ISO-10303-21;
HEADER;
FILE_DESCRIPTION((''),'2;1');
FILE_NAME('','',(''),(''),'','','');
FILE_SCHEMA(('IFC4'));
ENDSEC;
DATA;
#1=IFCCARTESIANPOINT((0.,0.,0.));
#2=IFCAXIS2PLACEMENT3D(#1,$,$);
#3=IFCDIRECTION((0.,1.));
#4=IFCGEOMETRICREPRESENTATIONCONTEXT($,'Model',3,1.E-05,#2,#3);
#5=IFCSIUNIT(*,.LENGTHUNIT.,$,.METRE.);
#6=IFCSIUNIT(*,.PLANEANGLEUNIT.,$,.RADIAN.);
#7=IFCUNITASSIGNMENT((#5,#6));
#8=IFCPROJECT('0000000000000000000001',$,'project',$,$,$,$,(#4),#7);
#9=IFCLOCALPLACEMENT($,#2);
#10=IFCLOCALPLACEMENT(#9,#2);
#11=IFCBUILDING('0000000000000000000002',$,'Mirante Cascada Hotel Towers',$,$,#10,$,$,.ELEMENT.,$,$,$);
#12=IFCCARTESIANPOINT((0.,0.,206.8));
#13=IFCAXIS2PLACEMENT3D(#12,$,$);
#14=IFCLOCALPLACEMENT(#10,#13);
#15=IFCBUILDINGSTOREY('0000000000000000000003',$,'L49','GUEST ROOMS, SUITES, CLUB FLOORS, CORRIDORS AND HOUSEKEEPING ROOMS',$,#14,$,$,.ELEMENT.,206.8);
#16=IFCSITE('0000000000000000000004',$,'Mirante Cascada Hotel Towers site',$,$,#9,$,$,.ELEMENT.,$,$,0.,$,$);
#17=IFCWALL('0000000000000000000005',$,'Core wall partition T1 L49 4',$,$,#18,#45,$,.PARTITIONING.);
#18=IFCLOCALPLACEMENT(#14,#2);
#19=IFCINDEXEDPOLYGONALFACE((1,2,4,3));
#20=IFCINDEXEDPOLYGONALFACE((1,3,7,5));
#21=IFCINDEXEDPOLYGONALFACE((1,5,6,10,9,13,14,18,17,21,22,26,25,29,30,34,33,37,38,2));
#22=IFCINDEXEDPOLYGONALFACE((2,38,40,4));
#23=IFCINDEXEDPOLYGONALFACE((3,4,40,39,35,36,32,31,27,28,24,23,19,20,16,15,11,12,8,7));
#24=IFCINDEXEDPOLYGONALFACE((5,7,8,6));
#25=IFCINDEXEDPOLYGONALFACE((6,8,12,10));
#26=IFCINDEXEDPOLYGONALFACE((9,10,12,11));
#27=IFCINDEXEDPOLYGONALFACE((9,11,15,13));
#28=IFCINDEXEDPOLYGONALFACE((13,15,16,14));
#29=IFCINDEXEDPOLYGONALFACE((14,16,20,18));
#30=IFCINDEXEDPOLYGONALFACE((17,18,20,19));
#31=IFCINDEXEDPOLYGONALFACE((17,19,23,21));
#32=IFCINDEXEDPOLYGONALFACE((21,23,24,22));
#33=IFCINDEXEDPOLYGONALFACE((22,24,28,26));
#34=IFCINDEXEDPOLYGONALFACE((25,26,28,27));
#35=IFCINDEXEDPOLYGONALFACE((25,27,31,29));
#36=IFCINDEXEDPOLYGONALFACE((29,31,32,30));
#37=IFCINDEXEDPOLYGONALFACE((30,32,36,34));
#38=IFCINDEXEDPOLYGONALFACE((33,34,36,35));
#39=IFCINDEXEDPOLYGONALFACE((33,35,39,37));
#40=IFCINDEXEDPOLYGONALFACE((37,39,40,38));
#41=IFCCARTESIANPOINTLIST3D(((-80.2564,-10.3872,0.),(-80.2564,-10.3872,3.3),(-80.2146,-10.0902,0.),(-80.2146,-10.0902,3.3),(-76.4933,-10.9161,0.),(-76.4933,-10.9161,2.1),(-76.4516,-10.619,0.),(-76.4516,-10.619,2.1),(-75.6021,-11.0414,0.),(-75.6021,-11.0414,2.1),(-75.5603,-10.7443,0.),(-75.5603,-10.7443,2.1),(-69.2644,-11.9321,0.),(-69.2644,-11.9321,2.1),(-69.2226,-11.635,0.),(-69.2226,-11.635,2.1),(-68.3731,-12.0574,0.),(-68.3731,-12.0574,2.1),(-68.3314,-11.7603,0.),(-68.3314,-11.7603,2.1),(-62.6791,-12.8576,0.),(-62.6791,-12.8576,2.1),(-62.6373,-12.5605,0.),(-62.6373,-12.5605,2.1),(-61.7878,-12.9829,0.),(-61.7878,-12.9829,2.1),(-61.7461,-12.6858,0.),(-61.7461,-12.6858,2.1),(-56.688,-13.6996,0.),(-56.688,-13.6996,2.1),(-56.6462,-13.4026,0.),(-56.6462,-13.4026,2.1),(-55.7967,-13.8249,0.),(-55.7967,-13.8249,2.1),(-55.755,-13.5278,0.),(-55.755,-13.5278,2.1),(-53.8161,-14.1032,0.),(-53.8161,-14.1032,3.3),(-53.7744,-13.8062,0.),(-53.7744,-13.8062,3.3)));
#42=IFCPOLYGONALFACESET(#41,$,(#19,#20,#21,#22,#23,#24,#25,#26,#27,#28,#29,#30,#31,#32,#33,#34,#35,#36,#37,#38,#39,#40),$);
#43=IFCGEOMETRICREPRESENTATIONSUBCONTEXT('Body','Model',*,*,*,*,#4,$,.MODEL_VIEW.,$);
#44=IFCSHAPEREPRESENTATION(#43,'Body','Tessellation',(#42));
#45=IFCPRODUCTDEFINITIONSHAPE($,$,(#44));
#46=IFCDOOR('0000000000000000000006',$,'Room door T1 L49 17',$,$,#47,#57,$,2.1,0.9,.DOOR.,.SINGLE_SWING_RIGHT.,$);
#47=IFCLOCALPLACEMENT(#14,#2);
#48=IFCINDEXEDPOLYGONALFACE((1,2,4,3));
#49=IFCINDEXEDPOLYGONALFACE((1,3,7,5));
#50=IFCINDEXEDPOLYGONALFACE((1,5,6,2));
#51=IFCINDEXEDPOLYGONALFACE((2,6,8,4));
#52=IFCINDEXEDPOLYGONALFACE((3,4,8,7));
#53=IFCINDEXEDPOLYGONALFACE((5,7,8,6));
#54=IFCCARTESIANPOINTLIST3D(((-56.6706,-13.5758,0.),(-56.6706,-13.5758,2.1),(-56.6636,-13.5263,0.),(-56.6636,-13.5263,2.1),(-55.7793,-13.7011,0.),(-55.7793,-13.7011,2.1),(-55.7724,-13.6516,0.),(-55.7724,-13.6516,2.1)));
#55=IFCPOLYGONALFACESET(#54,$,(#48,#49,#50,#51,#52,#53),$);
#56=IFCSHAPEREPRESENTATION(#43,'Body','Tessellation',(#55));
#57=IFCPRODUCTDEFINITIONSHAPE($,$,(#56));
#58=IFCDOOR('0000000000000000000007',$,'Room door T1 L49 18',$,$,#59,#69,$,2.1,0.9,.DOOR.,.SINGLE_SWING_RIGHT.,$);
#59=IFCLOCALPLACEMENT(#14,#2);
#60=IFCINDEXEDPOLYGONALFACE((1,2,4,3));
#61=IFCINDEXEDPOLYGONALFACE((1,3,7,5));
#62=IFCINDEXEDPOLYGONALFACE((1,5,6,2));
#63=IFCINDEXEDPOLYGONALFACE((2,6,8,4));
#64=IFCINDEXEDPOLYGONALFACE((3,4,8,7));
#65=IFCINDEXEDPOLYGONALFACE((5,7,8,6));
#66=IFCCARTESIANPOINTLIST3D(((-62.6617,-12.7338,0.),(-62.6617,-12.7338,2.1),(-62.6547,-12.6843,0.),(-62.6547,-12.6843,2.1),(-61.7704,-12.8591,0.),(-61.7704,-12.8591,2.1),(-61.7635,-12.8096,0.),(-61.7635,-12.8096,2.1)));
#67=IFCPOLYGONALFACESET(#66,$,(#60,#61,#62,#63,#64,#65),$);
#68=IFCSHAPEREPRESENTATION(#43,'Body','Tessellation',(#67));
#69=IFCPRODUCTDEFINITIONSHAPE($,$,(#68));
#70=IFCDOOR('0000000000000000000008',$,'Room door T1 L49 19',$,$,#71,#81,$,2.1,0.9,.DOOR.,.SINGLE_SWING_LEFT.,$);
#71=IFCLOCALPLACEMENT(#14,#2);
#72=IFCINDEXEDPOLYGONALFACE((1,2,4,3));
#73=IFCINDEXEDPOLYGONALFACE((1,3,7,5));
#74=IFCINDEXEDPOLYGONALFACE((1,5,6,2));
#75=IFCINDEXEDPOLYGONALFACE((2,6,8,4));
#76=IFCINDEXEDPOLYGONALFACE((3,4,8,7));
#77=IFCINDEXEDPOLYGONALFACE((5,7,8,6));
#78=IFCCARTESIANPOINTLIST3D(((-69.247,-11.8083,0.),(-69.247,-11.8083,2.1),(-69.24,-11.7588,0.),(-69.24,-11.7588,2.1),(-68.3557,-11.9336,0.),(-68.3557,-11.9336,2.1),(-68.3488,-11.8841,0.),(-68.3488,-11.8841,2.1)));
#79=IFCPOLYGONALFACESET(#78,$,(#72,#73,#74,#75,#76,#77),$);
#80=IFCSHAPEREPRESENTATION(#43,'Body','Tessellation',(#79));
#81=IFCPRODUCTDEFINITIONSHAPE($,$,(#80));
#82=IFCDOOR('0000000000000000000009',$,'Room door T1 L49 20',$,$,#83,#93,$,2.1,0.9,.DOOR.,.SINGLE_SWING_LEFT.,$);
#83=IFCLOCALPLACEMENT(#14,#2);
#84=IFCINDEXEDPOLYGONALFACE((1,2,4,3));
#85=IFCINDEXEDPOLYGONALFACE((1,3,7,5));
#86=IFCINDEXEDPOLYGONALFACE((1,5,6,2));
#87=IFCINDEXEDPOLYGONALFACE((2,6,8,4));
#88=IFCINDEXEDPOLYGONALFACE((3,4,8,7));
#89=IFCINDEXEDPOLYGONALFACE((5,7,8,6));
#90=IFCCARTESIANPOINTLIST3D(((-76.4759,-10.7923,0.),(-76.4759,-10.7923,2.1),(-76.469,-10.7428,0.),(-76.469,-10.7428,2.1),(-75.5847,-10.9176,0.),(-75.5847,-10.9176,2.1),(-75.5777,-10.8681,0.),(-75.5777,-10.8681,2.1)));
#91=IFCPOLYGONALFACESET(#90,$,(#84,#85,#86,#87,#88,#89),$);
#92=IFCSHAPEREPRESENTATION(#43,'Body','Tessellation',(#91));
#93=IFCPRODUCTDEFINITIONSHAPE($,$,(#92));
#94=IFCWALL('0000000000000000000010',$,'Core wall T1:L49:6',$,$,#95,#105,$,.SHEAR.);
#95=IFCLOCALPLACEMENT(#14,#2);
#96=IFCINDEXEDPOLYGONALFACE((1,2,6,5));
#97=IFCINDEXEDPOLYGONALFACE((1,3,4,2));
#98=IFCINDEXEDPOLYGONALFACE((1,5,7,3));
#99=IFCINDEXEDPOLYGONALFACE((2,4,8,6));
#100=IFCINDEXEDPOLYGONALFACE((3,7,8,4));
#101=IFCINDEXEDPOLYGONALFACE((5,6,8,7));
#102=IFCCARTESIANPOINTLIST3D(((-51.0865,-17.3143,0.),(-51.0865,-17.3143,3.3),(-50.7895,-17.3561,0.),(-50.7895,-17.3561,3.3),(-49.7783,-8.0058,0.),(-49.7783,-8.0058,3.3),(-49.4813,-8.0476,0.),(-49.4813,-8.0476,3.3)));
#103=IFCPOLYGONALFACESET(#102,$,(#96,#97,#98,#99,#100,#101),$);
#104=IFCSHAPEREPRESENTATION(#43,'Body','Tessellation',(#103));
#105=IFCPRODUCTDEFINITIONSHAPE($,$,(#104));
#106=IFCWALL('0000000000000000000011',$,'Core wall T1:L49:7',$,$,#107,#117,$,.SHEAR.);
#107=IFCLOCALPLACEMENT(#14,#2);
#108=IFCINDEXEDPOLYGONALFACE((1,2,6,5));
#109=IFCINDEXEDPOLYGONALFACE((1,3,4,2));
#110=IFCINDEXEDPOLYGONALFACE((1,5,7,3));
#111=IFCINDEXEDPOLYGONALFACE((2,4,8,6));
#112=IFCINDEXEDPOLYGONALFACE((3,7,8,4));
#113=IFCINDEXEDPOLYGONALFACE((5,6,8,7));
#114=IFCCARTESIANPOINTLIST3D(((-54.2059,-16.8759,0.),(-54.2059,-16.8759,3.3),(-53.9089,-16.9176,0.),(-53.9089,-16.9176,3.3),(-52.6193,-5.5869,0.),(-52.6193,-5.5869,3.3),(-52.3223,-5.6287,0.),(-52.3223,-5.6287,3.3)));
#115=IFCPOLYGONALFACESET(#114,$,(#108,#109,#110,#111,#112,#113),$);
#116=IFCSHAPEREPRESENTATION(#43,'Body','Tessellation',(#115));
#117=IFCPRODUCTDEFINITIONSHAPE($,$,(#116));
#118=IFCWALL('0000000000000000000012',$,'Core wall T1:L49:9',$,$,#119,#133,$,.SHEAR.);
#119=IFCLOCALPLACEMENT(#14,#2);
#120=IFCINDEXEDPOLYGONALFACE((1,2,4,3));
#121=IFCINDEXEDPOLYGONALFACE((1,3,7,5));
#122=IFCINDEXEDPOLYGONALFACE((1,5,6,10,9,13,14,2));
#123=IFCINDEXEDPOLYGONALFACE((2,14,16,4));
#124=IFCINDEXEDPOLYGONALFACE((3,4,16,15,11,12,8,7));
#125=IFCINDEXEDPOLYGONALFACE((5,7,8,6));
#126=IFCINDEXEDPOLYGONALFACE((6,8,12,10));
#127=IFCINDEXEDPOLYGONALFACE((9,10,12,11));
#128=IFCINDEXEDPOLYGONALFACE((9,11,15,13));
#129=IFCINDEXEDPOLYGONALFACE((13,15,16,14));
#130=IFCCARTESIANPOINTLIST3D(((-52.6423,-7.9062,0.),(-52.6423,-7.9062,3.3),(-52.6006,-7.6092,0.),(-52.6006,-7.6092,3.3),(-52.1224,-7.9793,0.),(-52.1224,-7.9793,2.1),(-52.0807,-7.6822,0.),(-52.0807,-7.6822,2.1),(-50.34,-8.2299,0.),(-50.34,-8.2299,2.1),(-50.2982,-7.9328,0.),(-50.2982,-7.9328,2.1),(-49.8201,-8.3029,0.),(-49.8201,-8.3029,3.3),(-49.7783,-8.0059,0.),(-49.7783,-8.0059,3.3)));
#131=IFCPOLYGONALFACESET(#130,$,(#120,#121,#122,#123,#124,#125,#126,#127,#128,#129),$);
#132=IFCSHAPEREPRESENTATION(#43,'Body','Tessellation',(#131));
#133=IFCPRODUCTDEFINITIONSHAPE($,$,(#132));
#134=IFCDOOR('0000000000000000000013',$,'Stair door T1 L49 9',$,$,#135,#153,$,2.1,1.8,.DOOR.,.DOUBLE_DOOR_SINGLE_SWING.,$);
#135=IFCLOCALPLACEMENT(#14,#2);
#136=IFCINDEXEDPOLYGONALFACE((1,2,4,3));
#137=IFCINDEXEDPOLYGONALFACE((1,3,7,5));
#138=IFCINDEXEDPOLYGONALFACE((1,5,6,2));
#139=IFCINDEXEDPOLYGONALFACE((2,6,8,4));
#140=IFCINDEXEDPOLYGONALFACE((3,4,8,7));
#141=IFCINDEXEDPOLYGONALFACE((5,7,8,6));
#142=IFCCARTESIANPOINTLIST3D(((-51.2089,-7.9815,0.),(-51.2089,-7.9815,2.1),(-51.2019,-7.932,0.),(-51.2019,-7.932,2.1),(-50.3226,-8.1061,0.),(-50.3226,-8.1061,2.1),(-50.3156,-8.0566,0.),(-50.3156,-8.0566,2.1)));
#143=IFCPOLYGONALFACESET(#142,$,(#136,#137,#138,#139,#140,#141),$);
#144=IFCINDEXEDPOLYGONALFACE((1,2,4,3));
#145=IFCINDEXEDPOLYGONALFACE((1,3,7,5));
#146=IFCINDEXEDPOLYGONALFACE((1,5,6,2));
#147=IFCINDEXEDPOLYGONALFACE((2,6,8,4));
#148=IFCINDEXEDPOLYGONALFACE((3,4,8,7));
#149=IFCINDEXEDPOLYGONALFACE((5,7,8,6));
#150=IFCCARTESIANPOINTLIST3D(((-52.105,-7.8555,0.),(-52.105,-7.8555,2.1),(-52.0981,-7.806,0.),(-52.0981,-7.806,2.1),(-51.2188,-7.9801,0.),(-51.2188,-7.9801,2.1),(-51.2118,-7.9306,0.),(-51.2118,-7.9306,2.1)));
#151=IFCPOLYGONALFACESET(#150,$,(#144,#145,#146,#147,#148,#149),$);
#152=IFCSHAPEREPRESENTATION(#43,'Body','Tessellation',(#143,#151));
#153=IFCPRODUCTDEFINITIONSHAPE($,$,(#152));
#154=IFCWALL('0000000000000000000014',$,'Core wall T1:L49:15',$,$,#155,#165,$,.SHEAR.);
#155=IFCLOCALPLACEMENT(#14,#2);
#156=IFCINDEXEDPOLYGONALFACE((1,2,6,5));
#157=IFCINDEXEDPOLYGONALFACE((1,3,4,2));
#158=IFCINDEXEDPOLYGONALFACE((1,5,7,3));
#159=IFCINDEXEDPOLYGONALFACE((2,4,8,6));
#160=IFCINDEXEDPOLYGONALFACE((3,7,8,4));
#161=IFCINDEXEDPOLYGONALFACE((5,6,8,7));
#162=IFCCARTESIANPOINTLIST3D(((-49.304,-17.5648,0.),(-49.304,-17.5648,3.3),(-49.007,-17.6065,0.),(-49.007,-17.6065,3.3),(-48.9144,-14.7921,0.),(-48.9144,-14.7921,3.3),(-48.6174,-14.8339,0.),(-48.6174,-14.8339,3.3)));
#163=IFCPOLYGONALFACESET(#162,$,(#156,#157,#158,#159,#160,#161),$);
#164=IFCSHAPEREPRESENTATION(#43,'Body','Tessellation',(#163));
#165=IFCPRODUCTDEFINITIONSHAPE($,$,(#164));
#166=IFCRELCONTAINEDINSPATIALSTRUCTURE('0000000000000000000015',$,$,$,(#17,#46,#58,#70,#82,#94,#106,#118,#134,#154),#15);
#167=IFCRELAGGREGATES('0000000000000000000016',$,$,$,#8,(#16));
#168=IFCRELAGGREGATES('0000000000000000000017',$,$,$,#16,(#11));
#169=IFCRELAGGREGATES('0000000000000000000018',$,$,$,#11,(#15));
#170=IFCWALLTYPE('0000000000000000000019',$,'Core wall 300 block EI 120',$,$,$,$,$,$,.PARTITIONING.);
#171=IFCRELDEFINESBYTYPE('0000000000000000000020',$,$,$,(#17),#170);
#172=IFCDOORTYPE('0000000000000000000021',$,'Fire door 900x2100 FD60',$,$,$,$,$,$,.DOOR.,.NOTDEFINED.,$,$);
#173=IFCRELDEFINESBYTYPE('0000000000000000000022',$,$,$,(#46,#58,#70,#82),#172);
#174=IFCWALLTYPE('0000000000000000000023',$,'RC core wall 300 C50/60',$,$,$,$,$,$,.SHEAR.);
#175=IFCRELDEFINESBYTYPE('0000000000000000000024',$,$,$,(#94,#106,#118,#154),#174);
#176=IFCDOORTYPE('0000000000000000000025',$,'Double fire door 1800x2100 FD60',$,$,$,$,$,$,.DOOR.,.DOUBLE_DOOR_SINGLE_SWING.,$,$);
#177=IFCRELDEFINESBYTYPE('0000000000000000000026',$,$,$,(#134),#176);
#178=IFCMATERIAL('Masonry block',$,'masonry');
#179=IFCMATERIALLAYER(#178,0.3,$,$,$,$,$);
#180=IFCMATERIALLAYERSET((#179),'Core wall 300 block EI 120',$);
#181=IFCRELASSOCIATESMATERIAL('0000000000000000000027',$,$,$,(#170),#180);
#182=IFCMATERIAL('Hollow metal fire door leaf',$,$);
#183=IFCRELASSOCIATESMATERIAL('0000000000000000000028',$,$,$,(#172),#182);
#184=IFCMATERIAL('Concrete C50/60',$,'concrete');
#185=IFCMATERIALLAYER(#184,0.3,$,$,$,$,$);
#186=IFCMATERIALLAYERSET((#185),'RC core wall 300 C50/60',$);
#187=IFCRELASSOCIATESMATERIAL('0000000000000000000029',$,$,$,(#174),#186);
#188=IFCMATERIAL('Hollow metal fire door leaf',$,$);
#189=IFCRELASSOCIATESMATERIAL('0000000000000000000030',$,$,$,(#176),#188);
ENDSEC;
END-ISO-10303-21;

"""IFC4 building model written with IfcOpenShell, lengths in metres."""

from ifc_helpers import new_model, si_unit, direction, frame, frame_2d, origin, place, context, subcontext, project, spatial, rectangle, extrude, material, layer, layer_set, type_object, element, fill, save


model = new_model("IFC4")

# Units and contexts
model_context = context("Model", 3, precision=1e-05, world=origin(), true_north=direction((0.0, 1.0)))
body_context = subcontext(model_context, "Body", "Model", "MODEL_VIEW")
ifc_project = project(units=[si_unit("LENGTHUNIT", "METRE"), si_unit("PLANEANGLEUNIT", "RADIAN")], contexts=[model_context])

# Site, building, storey
site_placement = place(None, origin())
site = spatial("IfcSite", under=ifc_project, at=site_placement, Name="Mirante Cascada Hotel Towers site", CompositionType="ELEMENT", RefElevation=0.0)
building_placement = place(site_placement, origin())
building = spatial("IfcBuilding", under=site, at=building_placement, Name="Mirante Cascada Hotel Towers", CompositionType="ELEMENT")
storey_placement = place(building_placement, frame((0.0, 0.0, 206.8)))
storey = spatial("IfcBuildingStorey", under=building, at=storey_placement, Name="L49", Description="GUEST ROOMS, SUITES, CLUB FLOORS, CORRIDORS AND HOUSEKEEPING ROOMS", CompositionType="ELEMENT", Elevation=206.8)

# Wall, openings, doors
ifc_material_1 = material(Name="Masonry block", Category="masonry")
ifc_layer_1 = layer(ifc_material_1, 0.3)
ifc_layer_set_1 = layer_set([ifc_layer_1], Name="Core wall 300 block EI 120")
wall_type_1 = type_object("IfcWallType", Name="Core wall 300 block EI 120", PredefinedType="PARTITIONING", material=ifc_layer_set_1)
wall_1_placement = place(storey_placement, frame((-53.7953, -13.9547, 0.0), z_axis=(0.0, 0.0, 1.0), x_axis=(-0.990268, 0.139176, 0.0)))
wall_1 = element("IfcWall", 1, at=wall_1_placement, inside=storey, type_object=wall_type_1, Name="Core wall partition T1 L49 4", PredefinedType="PARTITIONING", context=body_context, shape_type="SweptSolid", body=[
    extrude(rectangle(XDim=26.7001, YDim=0.3, at=frame_2d((13.35, 0.0))), origin(), (0.0, 0.0, 1.0), 3.3),
])
opening_1_placement = place(wall_1_placement, frame((2.0, 0.0, 0.0)))
opening_1 = element("IfcOpeningElement", 2, at=opening_1_placement, cuts=wall_1, PredefinedType="OPENING", context=body_context, shape_type="SweptSolid", body=[
    extrude(rectangle(XDim=0.9, YDim=2.1, at=frame_2d((0.45, 1.05))), frame((0.0, 0.15, 0.0), z_axis=(0.0, -1.0, 0.0), x_axis=(1.0, 0.0, 0.0)), (0.0, 0.0, 1.0), 0.3),
])
opening_2_placement = place(wall_1_placement, frame((8.05, 0.0, 0.0)))
opening_2 = element("IfcOpeningElement", 3, at=opening_2_placement, cuts=wall_1, PredefinedType="OPENING", context=body_context, shape_type="SweptSolid", body=[
    extrude(rectangle(XDim=0.9, YDim=2.1, at=frame_2d((0.45, 1.05))), frame((0.0, 0.15, 0.0), z_axis=(0.0, -1.0, 0.0), x_axis=(1.0, 0.0, 0.0)), (0.0, 0.0, 1.0), 0.3),
])
opening_3_placement = place(wall_1_placement, frame((14.7, 0.0, 0.0)))
opening_3 = element("IfcOpeningElement", 4, at=opening_3_placement, cuts=wall_1, PredefinedType="OPENING", context=body_context, shape_type="SweptSolid", body=[
    extrude(rectangle(XDim=0.9, YDim=2.1, at=frame_2d((0.45, 1.05))), frame((0.0, 0.15, 0.0), z_axis=(0.0, -1.0, 0.0), x_axis=(1.0, 0.0, 0.0)), (0.0, 0.0, 1.0), 0.3),
])
opening_4_placement = place(wall_1_placement, frame((22.0, 0.0, 0.0)))
opening_4 = element("IfcOpeningElement", 5, at=opening_4_placement, cuts=wall_1, PredefinedType="OPENING", context=body_context, shape_type="SweptSolid", body=[
    extrude(rectangle(XDim=0.9, YDim=2.1, at=frame_2d((0.45, 1.05))), frame((0.0, 0.15, 0.0), z_axis=(0.0, -1.0, 0.0), x_axis=(1.0, 0.0, 0.0)), (0.0, 0.0, 1.0), 0.3),
])
ifc_material_2 = material(Name="Hollow metal fire door leaf")
door_type_1 = type_object("IfcDoorType", Name="Fire door 900x2100 FD60", OperationType="NOTDEFINED", PredefinedType="DOOR", material=ifc_material_2)
door_1_placement = place(opening_1_placement, origin())
door_1 = element("IfcDoor", 6, at=door_1_placement, inside=storey, type_object=door_type_1, Name="Room door T1 L49 17", OperationType="SINGLE_SWING_RIGHT", OverallHeight=2.1, OverallWidth=0.9, PredefinedType="DOOR", context=body_context, shape_type="SweptSolid", body=[
    extrude(rectangle(XDim=0.9, YDim=2.1, at=frame_2d((0.45, 1.05))), frame((0.0, 0.025, 0.0), z_axis=(0.0, -1.0, 0.0), x_axis=(1.0, 0.0, 0.0)), (0.0, 0.0, 1.0), 0.05),
])
fill(opening_1, door_1)
door_2_placement = place(opening_2_placement, origin())
door_2 = element("IfcDoor", 7, at=door_2_placement, inside=storey, type_object=door_type_1, Name="Room door T1 L49 18", OperationType="SINGLE_SWING_RIGHT", OverallHeight=2.1, OverallWidth=0.9, PredefinedType="DOOR", context=body_context, shape_type="SweptSolid", body=[
    extrude(rectangle(XDim=0.9, YDim=2.1, at=frame_2d((0.45, 1.05))), frame((0.0, 0.025, 0.0), z_axis=(0.0, -1.0, 0.0), x_axis=(1.0, 0.0, 0.0)), (0.0, 0.0, 1.0), 0.05),
])
fill(opening_2, door_2)
door_3_placement = place(opening_3_placement, origin())
door_3 = element("IfcDoor", 8, at=door_3_placement, inside=storey, type_object=door_type_1, Name="Room door T1 L49 19", OperationType="SINGLE_SWING_LEFT", OverallHeight=2.1, OverallWidth=0.9, PredefinedType="DOOR", context=body_context, shape_type="SweptSolid", body=[
    extrude(rectangle(XDim=0.9, YDim=2.1, at=frame_2d((0.45, 1.05))), frame((0.0, 0.025, 0.0), z_axis=(0.0, -1.0, 0.0), x_axis=(1.0, 0.0, 0.0)), (0.0, 0.0, 1.0), 0.05),
])
fill(opening_3, door_3)
door_4_placement = place(opening_4_placement, origin())
door_4 = element("IfcDoor", 9, at=door_4_placement, inside=storey, type_object=door_type_1, Name="Room door T1 L49 20", OperationType="SINGLE_SWING_LEFT", OverallHeight=2.1, OverallWidth=0.9, PredefinedType="DOOR", context=body_context, shape_type="SweptSolid", body=[
    extrude(rectangle(XDim=0.9, YDim=2.1, at=frame_2d((0.45, 1.05))), frame((0.0, 0.025, 0.0), z_axis=(0.0, -1.0, 0.0), x_axis=(1.0, 0.0, 0.0)), (0.0, 0.0, 1.0), 0.05),
])
fill(opening_4, door_4)

# Walls
ifc_material_3 = material(Name="Concrete C50/60", Category="concrete")
ifc_layer_2 = layer(ifc_material_3, 0.3)
ifc_layer_set_2 = layer_set([ifc_layer_2], Name="RC core wall 300 C50/60")
wall_type_2 = type_object("IfcWallType", Name="RC core wall 300 C50/60", PredefinedType="SHEAR", material=ifc_layer_set_2)
wall_2_placement = place(storey_placement, frame((-50.938, -17.3352, 0.0), z_axis=(0.0, 0.0, 1.0), x_axis=(0.139171, 0.990268, 0.0)))
element("IfcWall", 10, at=wall_2_placement, inside=storey, type_object=wall_type_2, Name="Core wall T1:L49:6", PredefinedType="SHEAR", context=body_context, shape_type="SweptSolid", body=[
    extrude(rectangle(XDim=9.4, YDim=0.3, at=frame_2d((4.7, 0.0))), origin(), (0.0, 0.0, 1.0), 3.3),
])
wall_3_placement = place(storey_placement, frame((-54.0574, -16.8968, 0.0), z_axis=(0.0, 0.0, 1.0), x_axis=(0.139176, 0.990268, 0.0)))
element("IfcWall", 11, at=wall_3_placement, inside=storey, type_object=wall_type_2, Name="Core wall T1:L49:7", PredefinedType="SHEAR", context=body_context, shape_type="SweptSolid", body=[
    extrude(rectangle(XDim=11.3999, YDim=0.3, at=frame_2d((5.7, 0.0))), origin(), (0.0, 0.0, 1.0), 3.3),
])

# Wall, opening, door
wall_4_placement = place(storey_placement, frame((-49.7992, -8.1544, 0.0), z_axis=(0.0, 0.0, 1.0), x_axis=(-0.990266, 0.139191, 0.0)))
wall_4 = element("IfcWall", 12, at=wall_4_placement, inside=storey, type_object=wall_type_2, Name="Core wall T1:L49:9", PredefinedType="SHEAR", context=body_context, shape_type="SweptSolid", body=[
    extrude(rectangle(XDim=2.85, YDim=0.3, at=frame_2d((1.425, 0.0))), origin(), (0.0, 0.0, 1.0), 3.3),
])
opening_5_placement = place(wall_4_placement, frame((0.525, 0.0, 0.0)))
opening_5 = element("IfcOpeningElement", 13, at=opening_5_placement, cuts=wall_4, PredefinedType="OPENING", context=body_context, shape_type="SweptSolid", body=[
    extrude(rectangle(XDim=1.8, YDim=2.1, at=frame_2d((0.9, 1.05))), frame((0.0, 0.15, 0.0), z_axis=(0.0, -1.0, 0.0), x_axis=(1.0, 0.0, 0.0)), (0.0, 0.0, 1.0), 0.3),
])
ifc_material_4 = material(Name="Hollow metal fire door leaf")
door_type_2 = type_object("IfcDoorType", Name="Double fire door 1800x2100 FD60", OperationType="DOUBLE_DOOR_SINGLE_SWING", PredefinedType="DOOR", material=ifc_material_4)
door_5_placement = place(opening_5_placement, origin())
door_5 = element("IfcDoor", 14, at=door_5_placement, inside=storey, type_object=door_type_2, Name="Stair door T1 L49 9", OperationType="DOUBLE_DOOR_SINGLE_SWING", OverallHeight=2.1, OverallWidth=1.8, PredefinedType="DOOR", context=body_context, shape_type="SweptSolid", body=[
    extrude(rectangle(XDim=0.895, YDim=2.1, at=frame_2d((0.4475, 1.05))), frame((0.0, 0.025, 0.0), z_axis=(0.0, -1.0, 0.0), x_axis=(1.0, 0.0, 0.0)), (0.0, 0.0, 1.0), 0.05),
    extrude(rectangle(XDim=0.895, YDim=2.1, at=frame_2d((1.3525, 1.05))), frame((0.0, 0.025, 0.0), z_axis=(0.0, -1.0, 0.0), x_axis=(1.0, 0.0, 0.0)), (0.0, 0.0, 1.0), 0.05),
])
fill(opening_5, door_5)

# Wall
wall_5_placement = place(storey_placement, frame((-49.1555, -17.5857, 0.0), z_axis=(0.0, 0.0, 1.0), x_axis=(0.139146, 0.990272, 0.0)))
element("IfcWall", 15, at=wall_5_placement, inside=storey, type_object=wall_type_2, Name="Core wall T1:L49:15", PredefinedType="SHEAR", context=body_context, shape_type="SweptSolid", body=[
    extrude(rectangle(XDim=2.7999, YDim=0.3, at=frame_2d((1.4, 0.0))), origin(), (0.0, 0.0, 1.0), 3.3),
])

save(model, "model.ifc")
